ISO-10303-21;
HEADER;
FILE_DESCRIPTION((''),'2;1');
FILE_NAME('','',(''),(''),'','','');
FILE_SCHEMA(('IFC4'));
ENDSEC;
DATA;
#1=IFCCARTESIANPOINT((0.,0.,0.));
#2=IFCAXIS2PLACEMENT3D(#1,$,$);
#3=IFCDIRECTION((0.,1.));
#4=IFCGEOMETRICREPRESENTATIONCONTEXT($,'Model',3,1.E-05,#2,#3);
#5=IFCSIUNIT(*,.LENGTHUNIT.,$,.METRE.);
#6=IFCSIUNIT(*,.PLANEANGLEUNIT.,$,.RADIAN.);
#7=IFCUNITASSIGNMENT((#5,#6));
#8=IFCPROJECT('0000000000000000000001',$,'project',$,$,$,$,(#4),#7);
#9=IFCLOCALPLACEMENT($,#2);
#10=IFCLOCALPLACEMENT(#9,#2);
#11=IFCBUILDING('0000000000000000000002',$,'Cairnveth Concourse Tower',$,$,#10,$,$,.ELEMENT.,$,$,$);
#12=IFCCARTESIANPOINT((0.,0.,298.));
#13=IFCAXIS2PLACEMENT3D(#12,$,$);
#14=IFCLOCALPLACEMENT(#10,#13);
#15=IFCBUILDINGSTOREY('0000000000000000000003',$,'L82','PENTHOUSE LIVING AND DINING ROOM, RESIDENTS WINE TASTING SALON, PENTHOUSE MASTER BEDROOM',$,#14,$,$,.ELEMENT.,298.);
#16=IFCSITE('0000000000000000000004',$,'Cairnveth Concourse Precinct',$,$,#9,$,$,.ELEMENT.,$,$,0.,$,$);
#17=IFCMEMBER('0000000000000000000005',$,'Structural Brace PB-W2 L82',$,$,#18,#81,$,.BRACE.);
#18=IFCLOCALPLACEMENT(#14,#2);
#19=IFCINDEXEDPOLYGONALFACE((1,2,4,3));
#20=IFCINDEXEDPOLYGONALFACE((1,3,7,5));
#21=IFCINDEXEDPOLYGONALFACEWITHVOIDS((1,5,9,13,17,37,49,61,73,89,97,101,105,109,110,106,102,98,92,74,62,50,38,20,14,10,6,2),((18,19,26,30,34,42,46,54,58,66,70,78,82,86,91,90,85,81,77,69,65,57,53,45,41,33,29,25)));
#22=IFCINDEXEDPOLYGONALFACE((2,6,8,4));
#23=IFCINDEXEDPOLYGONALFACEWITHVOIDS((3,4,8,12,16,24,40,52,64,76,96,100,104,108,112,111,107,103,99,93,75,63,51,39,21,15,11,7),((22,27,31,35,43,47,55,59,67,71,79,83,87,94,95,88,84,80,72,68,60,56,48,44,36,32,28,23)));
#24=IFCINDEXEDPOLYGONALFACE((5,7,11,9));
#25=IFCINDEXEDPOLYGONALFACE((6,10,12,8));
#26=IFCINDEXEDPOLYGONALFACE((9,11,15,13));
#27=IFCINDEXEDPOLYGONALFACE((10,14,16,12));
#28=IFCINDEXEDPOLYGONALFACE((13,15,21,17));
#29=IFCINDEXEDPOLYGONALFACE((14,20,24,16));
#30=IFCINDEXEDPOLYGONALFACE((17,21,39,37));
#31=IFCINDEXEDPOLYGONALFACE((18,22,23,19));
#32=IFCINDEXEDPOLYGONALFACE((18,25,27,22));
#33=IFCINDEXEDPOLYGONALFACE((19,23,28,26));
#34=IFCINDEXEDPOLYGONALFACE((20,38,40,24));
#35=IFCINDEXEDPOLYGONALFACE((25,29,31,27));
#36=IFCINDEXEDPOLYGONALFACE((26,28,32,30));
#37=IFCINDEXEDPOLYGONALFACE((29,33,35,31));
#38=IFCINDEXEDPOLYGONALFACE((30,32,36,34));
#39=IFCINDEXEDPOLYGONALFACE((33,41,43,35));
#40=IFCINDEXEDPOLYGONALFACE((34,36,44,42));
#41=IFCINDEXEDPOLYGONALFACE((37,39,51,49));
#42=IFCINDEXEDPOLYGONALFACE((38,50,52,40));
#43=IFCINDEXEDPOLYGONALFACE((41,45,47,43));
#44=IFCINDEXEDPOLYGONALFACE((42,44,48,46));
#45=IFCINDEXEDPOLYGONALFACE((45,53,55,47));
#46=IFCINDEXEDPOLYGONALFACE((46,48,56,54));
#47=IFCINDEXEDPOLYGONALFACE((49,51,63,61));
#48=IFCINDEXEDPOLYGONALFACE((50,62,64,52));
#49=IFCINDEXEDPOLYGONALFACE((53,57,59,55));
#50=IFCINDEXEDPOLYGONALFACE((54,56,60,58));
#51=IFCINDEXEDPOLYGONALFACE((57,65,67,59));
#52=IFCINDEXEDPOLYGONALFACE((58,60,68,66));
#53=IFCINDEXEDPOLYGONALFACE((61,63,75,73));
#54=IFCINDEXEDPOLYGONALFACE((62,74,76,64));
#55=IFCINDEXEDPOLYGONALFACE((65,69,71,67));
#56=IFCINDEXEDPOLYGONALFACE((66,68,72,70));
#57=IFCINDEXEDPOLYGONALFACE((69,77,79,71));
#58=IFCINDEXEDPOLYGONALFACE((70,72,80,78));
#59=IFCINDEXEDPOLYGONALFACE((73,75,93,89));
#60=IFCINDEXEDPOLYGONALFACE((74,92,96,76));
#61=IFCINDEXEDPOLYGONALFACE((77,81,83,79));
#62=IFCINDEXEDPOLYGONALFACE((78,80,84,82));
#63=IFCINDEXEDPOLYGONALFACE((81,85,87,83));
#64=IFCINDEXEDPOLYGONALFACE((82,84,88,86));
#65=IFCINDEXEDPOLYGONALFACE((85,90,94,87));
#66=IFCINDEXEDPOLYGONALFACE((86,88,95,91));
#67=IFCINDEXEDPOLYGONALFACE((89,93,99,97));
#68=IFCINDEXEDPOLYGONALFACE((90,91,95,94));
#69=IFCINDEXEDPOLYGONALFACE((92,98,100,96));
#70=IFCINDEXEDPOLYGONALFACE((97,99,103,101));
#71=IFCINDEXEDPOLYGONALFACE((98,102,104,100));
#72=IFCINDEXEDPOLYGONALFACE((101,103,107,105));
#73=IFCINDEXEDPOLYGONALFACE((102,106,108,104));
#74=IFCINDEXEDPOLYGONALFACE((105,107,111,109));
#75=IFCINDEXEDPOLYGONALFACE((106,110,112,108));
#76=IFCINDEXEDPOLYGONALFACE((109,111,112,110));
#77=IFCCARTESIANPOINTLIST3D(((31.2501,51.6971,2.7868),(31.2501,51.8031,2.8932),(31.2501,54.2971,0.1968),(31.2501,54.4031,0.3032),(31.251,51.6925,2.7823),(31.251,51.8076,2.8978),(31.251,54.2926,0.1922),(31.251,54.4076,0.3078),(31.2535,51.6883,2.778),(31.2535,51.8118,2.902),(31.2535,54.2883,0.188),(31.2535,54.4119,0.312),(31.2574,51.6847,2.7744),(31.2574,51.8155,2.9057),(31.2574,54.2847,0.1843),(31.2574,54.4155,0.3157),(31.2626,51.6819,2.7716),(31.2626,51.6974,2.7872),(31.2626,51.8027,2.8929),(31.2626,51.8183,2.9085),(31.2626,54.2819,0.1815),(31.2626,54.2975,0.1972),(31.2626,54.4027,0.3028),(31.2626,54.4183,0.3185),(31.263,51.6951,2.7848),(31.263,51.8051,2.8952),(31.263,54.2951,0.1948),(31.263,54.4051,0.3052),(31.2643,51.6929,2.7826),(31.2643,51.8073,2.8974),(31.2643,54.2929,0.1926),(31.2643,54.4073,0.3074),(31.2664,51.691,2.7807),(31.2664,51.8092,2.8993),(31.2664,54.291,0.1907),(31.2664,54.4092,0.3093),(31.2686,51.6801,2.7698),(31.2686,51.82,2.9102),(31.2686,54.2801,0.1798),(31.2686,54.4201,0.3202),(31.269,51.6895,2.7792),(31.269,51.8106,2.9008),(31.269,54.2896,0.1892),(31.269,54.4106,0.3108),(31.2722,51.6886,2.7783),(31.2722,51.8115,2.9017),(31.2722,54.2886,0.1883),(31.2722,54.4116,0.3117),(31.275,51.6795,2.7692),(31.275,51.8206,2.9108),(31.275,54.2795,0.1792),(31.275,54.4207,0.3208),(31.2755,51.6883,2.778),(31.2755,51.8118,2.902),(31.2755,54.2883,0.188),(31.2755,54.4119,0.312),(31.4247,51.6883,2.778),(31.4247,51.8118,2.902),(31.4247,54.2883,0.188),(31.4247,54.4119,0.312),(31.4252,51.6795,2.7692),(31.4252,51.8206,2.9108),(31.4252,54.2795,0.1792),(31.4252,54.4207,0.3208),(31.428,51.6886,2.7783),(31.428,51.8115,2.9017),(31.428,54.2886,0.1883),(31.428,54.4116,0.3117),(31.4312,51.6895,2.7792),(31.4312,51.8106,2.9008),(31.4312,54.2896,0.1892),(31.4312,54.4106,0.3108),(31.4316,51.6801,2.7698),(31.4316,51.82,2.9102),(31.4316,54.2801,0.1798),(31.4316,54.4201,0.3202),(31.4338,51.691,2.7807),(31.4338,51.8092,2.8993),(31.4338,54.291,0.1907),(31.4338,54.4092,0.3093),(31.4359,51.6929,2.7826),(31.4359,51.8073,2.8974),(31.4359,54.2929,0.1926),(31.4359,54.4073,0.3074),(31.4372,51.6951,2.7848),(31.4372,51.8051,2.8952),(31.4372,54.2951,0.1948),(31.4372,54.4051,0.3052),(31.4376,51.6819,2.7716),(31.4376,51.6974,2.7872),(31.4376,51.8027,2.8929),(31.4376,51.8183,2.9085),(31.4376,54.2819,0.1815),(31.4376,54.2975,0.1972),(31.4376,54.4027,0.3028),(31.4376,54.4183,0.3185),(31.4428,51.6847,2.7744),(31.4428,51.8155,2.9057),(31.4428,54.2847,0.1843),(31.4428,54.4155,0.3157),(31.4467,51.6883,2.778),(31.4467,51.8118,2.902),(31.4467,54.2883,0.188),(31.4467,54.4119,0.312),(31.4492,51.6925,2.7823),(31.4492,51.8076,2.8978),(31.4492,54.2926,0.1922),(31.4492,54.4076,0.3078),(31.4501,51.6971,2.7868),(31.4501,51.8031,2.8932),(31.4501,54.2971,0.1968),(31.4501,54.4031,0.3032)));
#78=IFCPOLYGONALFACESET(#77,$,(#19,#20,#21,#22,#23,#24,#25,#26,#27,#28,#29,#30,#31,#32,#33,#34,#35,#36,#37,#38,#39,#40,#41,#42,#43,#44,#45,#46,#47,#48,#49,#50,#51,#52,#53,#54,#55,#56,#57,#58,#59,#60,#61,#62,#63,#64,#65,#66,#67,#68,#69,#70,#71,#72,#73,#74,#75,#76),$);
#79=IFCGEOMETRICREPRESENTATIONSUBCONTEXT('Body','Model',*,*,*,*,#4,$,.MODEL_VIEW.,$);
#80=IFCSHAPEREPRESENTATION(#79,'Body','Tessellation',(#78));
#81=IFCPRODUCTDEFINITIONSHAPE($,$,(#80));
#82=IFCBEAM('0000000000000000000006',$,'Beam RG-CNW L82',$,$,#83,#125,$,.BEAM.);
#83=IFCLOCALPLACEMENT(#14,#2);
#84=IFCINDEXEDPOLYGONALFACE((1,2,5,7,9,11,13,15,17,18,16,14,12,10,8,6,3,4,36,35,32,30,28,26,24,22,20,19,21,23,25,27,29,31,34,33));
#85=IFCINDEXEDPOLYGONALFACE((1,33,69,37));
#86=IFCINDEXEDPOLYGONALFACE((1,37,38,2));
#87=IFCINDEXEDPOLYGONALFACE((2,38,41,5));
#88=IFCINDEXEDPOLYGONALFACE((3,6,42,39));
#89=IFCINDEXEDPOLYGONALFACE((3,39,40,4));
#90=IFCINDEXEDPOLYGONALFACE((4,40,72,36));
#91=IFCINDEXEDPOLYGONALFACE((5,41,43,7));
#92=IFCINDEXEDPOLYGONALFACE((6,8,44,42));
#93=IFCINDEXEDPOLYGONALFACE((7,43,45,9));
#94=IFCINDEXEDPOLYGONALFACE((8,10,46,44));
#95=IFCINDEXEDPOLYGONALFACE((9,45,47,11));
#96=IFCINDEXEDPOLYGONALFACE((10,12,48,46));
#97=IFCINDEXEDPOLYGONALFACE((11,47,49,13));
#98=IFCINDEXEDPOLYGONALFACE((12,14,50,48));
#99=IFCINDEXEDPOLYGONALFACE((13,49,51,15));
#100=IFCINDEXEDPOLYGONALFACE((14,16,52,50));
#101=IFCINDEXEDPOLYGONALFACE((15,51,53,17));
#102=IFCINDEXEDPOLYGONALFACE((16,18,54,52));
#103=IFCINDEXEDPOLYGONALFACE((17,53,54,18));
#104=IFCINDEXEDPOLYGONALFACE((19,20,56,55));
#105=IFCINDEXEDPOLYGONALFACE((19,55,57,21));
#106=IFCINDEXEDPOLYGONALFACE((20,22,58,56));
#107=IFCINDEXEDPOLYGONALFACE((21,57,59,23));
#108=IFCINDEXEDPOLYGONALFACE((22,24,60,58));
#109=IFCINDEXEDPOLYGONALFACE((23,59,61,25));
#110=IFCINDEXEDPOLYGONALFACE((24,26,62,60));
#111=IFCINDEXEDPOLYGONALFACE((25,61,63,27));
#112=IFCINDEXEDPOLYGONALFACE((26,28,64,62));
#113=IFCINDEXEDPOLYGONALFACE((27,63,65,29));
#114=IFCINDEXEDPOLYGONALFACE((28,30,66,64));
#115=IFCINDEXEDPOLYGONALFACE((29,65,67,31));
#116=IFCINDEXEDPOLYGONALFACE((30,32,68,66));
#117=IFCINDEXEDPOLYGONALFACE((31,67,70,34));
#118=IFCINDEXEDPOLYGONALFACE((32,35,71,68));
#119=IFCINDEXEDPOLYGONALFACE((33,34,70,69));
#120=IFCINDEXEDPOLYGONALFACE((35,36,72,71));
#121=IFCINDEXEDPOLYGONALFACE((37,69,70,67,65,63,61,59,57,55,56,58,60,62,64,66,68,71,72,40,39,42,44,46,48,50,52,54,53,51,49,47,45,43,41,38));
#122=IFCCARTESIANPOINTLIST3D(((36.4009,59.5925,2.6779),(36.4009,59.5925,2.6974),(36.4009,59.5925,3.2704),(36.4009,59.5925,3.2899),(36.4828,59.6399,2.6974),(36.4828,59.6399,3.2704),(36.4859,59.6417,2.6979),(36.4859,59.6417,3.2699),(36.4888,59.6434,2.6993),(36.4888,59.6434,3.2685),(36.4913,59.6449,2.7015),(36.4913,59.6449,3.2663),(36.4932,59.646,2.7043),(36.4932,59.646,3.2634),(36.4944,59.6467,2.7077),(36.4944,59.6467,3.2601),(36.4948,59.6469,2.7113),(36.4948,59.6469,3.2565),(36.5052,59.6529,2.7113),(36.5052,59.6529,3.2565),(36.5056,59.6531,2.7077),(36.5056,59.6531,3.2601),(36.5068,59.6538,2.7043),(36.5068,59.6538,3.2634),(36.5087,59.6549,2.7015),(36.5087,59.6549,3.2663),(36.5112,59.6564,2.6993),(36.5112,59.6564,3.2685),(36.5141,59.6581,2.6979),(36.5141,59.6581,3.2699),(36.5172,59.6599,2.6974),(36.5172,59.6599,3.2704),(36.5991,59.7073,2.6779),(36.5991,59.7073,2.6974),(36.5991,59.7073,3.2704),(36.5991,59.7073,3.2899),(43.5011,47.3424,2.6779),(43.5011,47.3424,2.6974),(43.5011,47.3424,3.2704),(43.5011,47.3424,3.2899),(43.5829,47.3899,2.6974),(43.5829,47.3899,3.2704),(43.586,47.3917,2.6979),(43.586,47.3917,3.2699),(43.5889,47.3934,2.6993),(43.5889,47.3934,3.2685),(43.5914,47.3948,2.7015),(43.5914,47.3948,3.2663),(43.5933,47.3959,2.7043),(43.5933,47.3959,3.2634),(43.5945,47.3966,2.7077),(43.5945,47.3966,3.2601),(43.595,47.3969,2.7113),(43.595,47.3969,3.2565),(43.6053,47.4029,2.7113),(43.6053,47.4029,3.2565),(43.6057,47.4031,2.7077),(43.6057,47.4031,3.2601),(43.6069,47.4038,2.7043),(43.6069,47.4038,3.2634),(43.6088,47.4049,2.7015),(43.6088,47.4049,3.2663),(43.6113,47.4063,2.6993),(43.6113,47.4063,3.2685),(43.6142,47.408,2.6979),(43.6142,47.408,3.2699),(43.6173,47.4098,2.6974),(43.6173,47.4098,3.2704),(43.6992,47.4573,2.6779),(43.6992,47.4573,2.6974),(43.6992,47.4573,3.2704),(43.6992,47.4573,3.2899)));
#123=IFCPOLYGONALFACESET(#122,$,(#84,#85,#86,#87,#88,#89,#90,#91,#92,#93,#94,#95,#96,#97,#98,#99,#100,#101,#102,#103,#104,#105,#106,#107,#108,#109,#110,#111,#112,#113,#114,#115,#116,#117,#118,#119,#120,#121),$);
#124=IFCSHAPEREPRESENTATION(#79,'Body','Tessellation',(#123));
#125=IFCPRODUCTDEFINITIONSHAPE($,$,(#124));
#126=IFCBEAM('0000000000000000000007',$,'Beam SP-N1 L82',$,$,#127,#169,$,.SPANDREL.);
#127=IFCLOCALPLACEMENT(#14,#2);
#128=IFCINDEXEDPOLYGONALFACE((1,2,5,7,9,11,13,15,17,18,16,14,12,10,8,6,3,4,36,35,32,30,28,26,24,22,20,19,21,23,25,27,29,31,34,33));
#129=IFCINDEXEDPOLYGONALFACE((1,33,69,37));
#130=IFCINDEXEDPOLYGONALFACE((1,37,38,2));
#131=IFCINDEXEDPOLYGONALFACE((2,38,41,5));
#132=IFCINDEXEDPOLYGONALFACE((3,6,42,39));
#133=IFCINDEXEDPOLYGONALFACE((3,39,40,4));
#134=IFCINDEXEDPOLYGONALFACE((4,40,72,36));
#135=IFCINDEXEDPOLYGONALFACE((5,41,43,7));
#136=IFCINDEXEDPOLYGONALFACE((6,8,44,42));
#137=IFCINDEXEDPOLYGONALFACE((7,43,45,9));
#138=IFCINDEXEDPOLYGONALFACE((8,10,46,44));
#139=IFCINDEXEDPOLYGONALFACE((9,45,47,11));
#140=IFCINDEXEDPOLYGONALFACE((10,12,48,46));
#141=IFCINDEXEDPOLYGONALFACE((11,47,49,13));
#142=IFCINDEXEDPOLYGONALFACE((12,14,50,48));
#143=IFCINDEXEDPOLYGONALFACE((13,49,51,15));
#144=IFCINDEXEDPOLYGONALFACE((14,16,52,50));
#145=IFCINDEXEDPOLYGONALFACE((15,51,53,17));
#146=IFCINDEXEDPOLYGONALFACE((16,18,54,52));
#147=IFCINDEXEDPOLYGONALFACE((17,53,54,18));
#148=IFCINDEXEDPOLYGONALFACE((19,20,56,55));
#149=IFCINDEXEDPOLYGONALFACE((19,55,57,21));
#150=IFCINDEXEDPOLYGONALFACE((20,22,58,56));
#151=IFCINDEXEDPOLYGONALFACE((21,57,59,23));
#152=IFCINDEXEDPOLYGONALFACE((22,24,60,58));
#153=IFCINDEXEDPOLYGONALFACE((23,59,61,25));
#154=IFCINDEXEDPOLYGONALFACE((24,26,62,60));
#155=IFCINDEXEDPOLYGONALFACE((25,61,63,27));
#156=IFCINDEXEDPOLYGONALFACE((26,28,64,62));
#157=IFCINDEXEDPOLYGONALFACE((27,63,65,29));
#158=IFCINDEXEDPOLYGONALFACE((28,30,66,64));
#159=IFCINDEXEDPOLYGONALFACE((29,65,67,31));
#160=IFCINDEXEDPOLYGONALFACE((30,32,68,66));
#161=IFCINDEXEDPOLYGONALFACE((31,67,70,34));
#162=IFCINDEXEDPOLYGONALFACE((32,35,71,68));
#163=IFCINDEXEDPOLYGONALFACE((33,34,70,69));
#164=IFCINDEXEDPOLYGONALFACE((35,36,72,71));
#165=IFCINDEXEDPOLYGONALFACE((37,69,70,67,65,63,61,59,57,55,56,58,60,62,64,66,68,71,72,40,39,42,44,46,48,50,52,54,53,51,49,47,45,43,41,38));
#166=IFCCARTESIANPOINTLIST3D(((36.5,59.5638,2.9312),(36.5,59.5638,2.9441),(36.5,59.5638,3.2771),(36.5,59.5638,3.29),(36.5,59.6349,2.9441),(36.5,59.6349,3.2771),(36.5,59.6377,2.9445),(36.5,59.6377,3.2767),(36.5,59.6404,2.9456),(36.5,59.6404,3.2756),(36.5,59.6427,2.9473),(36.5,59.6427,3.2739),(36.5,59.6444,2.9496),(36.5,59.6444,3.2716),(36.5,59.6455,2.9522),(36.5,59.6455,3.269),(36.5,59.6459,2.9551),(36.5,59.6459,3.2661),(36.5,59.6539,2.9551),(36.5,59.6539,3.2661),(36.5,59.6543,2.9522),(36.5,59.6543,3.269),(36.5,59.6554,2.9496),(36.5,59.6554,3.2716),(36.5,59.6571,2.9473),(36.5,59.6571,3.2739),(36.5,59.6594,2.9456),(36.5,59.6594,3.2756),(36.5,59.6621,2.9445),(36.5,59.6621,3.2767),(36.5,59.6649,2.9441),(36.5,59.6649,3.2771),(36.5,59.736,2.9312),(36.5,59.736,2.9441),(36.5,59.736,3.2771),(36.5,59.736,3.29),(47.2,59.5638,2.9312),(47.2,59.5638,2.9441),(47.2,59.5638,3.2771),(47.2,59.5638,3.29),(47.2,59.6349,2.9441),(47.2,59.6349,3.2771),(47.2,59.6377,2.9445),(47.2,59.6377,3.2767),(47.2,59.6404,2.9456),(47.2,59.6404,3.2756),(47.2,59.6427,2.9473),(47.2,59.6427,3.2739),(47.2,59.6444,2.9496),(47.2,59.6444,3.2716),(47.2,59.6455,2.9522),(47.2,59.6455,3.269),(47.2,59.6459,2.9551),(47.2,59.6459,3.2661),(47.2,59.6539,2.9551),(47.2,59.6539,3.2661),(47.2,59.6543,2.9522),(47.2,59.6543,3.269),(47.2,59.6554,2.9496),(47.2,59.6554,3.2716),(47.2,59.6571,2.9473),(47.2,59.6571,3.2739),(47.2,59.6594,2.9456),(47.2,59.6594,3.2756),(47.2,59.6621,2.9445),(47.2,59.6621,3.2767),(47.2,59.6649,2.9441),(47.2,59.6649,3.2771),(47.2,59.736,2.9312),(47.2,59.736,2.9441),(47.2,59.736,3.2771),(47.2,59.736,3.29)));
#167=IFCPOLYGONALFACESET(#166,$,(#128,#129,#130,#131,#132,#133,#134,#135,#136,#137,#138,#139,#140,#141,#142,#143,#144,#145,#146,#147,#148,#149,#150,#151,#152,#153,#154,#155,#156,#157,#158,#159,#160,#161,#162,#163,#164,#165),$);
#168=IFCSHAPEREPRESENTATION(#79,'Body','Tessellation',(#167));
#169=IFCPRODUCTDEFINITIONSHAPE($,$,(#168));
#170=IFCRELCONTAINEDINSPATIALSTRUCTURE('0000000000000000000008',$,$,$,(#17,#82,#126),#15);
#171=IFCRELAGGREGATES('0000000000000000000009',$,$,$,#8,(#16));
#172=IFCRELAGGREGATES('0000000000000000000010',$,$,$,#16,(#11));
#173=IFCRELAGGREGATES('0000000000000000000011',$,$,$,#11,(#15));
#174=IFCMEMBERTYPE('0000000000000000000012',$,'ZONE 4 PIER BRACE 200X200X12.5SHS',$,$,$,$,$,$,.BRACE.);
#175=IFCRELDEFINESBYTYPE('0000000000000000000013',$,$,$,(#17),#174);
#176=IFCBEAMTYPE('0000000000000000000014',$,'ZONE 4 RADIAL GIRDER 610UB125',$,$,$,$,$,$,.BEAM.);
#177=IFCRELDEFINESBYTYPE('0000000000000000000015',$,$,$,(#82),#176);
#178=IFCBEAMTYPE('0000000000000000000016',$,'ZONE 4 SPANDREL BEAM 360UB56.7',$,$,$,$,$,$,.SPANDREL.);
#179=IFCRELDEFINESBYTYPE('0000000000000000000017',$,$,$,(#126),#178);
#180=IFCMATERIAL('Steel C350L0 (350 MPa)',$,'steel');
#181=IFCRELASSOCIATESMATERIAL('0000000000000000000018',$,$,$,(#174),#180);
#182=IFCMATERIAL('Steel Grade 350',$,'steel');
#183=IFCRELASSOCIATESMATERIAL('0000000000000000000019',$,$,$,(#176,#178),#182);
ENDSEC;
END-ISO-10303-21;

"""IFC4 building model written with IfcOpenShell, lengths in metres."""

from ifc_helpers import new_model, si_unit, direction, frame, origin, origin_2d, place, context, subcontext, project, spatial, hollow_rectangle, i_section, extrude, material, material_profile, profile_set, type_object, element, save


model = new_model("IFC4")

# Units and contexts
model_context = context("Model", 3, precision=1e-05, world=origin(), true_north=direction((0.0, 1.0)))
body_context = subcontext(model_context, "Body", "Model", "MODEL_VIEW")
ifc_project = project(units=[si_unit("LENGTHUNIT", "METRE"), si_unit("PLANEANGLEUNIT", "RADIAN")], contexts=[model_context])

# Site, building, storey
site_placement = place(None, origin())
site = spatial("IfcSite", under=ifc_project, at=site_placement, Name="Cairnveth Concourse Precinct", CompositionType="ELEMENT", RefElevation=0.0)
building_placement = place(site_placement, origin())
building = spatial("IfcBuilding", under=site, at=building_placement, Name="Cairnveth Concourse Tower", CompositionType="ELEMENT")
storey_placement = place(building_placement, frame((0.0, 0.0, 298.0)))
storey = spatial("IfcBuildingStorey", under=building, at=storey_placement, Name="L82", Description="PENTHOUSE LIVING AND DINING ROOM, RESIDENTS WINE TASTING SALON, PENTHOUSE MASTER BEDROOM", CompositionType="ELEMENT", Elevation=298.0)

# Shared definitions
ifc_material_1 = material(Name="Steel Grade 350", Category="steel")

# Member
ifc_material_2 = material(Name="Steel C350L0 (350 MPa)", Category="steel")
ifc_material_profile_1 = material_profile(ifc_material_2, hollow_rectangle(XDim=0.2, YDim=0.2, WallThickness=0.0125, InnerFilletRadius=0.0129, OuterFilletRadius=0.0249, at=origin_2d()), Name="200x200x12.5SHS")
ifc_profile_set_1 = profile_set([ifc_material_profile_1], Name="Steel C350L0 (350 MPa)")
member_type = type_object("IfcMemberType", Name="ZONE 4 PIER BRACE 200X200X12.5SHS", PredefinedType="BRACE", material=ifc_profile_set_1)
member_placement = place(storey_placement, frame((31.3501, 54.3501, 0.25), z_axis=(0.0, -0.708469, 0.705742), x_axis=(1.0, 0.0, 0.0)))
element("IfcMember", 1, at=member_placement, inside=storey, type_object=member_type, Name="Structural Brace PB-W2 L82", PredefinedType="BRACE", context=body_context, shape_type="SweptSolid", body=[
    extrude(hollow_rectangle(XDim=0.2, YDim=0.2, WallThickness=0.0125, InnerFilletRadius=0.0129, OuterFilletRadius=0.0249, at=origin_2d()), origin(), (0.0, 0.0, 1.0), 3.6699),
])

# Beams
ifc_material_profile_2 = material_profile(ifc_material_1, i_section(OverallWidth=0.229, OverallDepth=0.6121, WebThickness=0.012, FlangeThickness=0.0195, FilletRadius=0.0139, at=origin_2d()), Name="610UB125")
ifc_profile_set_2 = profile_set([ifc_material_profile_2], Name="Steel Grade 350")
beam_type_1 = type_object("IfcBeamType", Name="ZONE 4 RADIAL GIRDER 610UB125", PredefinedType="BEAM", material=ifc_profile_set_2)
beam_1_placement = place(storey_placement, frame((36.5, 59.6499, 2.9839), z_axis=(0.501459, -0.865181, 0.0), x_axis=(0.865181, 0.501459, 0.0)))
element("IfcBeam", 2, at=beam_1_placement, inside=storey, type_object=beam_type_1, Name="Beam RG-CNW L82", PredefinedType="BEAM", context=body_context, shape_type="SweptSolid", body=[
    extrude(i_section(OverallWidth=0.229, OverallDepth=0.6121, WebThickness=0.012, FlangeThickness=0.0195, FilletRadius=0.0139, at=origin_2d()), origin(), (0.0, 0.0, 1.0), 14.1589),
])
ifc_material_profile_3 = material_profile(ifc_material_1, i_section(OverallWidth=0.1721, OverallDepth=0.3589, WebThickness=0.0081, FlangeThickness=0.0129, FilletRadius=0.011, at=origin_2d()), Name="360UB56.7")
ifc_profile_set_3 = profile_set([ifc_material_profile_3], Name="Steel Grade 350")
beam_type_2 = type_object("IfcBeamType", Name="ZONE 4 SPANDREL BEAM 360UB56.7", PredefinedType="SPANDREL", material=ifc_profile_set_3)
beam_2_placement = place(storey_placement, frame((36.5, 59.6499, 3.1106), z_axis=(1.0, 0.0, 0.0), x_axis=(0.0, 1.0, 0.0)))
element("IfcBeam", 3, at=beam_2_placement, inside=storey, type_object=beam_type_2, Name="Beam SP-N1 L82", PredefinedType="SPANDREL", context=body_context, shape_type="SweptSolid", body=[
    extrude(i_section(OverallWidth=0.1721, OverallDepth=0.3589, WebThickness=0.0081, FlangeThickness=0.0129, FilletRadius=0.011, at=origin_2d()), origin(), (0.0, 0.0, 1.0), 10.7),
])

save(model, "model.ifc")
